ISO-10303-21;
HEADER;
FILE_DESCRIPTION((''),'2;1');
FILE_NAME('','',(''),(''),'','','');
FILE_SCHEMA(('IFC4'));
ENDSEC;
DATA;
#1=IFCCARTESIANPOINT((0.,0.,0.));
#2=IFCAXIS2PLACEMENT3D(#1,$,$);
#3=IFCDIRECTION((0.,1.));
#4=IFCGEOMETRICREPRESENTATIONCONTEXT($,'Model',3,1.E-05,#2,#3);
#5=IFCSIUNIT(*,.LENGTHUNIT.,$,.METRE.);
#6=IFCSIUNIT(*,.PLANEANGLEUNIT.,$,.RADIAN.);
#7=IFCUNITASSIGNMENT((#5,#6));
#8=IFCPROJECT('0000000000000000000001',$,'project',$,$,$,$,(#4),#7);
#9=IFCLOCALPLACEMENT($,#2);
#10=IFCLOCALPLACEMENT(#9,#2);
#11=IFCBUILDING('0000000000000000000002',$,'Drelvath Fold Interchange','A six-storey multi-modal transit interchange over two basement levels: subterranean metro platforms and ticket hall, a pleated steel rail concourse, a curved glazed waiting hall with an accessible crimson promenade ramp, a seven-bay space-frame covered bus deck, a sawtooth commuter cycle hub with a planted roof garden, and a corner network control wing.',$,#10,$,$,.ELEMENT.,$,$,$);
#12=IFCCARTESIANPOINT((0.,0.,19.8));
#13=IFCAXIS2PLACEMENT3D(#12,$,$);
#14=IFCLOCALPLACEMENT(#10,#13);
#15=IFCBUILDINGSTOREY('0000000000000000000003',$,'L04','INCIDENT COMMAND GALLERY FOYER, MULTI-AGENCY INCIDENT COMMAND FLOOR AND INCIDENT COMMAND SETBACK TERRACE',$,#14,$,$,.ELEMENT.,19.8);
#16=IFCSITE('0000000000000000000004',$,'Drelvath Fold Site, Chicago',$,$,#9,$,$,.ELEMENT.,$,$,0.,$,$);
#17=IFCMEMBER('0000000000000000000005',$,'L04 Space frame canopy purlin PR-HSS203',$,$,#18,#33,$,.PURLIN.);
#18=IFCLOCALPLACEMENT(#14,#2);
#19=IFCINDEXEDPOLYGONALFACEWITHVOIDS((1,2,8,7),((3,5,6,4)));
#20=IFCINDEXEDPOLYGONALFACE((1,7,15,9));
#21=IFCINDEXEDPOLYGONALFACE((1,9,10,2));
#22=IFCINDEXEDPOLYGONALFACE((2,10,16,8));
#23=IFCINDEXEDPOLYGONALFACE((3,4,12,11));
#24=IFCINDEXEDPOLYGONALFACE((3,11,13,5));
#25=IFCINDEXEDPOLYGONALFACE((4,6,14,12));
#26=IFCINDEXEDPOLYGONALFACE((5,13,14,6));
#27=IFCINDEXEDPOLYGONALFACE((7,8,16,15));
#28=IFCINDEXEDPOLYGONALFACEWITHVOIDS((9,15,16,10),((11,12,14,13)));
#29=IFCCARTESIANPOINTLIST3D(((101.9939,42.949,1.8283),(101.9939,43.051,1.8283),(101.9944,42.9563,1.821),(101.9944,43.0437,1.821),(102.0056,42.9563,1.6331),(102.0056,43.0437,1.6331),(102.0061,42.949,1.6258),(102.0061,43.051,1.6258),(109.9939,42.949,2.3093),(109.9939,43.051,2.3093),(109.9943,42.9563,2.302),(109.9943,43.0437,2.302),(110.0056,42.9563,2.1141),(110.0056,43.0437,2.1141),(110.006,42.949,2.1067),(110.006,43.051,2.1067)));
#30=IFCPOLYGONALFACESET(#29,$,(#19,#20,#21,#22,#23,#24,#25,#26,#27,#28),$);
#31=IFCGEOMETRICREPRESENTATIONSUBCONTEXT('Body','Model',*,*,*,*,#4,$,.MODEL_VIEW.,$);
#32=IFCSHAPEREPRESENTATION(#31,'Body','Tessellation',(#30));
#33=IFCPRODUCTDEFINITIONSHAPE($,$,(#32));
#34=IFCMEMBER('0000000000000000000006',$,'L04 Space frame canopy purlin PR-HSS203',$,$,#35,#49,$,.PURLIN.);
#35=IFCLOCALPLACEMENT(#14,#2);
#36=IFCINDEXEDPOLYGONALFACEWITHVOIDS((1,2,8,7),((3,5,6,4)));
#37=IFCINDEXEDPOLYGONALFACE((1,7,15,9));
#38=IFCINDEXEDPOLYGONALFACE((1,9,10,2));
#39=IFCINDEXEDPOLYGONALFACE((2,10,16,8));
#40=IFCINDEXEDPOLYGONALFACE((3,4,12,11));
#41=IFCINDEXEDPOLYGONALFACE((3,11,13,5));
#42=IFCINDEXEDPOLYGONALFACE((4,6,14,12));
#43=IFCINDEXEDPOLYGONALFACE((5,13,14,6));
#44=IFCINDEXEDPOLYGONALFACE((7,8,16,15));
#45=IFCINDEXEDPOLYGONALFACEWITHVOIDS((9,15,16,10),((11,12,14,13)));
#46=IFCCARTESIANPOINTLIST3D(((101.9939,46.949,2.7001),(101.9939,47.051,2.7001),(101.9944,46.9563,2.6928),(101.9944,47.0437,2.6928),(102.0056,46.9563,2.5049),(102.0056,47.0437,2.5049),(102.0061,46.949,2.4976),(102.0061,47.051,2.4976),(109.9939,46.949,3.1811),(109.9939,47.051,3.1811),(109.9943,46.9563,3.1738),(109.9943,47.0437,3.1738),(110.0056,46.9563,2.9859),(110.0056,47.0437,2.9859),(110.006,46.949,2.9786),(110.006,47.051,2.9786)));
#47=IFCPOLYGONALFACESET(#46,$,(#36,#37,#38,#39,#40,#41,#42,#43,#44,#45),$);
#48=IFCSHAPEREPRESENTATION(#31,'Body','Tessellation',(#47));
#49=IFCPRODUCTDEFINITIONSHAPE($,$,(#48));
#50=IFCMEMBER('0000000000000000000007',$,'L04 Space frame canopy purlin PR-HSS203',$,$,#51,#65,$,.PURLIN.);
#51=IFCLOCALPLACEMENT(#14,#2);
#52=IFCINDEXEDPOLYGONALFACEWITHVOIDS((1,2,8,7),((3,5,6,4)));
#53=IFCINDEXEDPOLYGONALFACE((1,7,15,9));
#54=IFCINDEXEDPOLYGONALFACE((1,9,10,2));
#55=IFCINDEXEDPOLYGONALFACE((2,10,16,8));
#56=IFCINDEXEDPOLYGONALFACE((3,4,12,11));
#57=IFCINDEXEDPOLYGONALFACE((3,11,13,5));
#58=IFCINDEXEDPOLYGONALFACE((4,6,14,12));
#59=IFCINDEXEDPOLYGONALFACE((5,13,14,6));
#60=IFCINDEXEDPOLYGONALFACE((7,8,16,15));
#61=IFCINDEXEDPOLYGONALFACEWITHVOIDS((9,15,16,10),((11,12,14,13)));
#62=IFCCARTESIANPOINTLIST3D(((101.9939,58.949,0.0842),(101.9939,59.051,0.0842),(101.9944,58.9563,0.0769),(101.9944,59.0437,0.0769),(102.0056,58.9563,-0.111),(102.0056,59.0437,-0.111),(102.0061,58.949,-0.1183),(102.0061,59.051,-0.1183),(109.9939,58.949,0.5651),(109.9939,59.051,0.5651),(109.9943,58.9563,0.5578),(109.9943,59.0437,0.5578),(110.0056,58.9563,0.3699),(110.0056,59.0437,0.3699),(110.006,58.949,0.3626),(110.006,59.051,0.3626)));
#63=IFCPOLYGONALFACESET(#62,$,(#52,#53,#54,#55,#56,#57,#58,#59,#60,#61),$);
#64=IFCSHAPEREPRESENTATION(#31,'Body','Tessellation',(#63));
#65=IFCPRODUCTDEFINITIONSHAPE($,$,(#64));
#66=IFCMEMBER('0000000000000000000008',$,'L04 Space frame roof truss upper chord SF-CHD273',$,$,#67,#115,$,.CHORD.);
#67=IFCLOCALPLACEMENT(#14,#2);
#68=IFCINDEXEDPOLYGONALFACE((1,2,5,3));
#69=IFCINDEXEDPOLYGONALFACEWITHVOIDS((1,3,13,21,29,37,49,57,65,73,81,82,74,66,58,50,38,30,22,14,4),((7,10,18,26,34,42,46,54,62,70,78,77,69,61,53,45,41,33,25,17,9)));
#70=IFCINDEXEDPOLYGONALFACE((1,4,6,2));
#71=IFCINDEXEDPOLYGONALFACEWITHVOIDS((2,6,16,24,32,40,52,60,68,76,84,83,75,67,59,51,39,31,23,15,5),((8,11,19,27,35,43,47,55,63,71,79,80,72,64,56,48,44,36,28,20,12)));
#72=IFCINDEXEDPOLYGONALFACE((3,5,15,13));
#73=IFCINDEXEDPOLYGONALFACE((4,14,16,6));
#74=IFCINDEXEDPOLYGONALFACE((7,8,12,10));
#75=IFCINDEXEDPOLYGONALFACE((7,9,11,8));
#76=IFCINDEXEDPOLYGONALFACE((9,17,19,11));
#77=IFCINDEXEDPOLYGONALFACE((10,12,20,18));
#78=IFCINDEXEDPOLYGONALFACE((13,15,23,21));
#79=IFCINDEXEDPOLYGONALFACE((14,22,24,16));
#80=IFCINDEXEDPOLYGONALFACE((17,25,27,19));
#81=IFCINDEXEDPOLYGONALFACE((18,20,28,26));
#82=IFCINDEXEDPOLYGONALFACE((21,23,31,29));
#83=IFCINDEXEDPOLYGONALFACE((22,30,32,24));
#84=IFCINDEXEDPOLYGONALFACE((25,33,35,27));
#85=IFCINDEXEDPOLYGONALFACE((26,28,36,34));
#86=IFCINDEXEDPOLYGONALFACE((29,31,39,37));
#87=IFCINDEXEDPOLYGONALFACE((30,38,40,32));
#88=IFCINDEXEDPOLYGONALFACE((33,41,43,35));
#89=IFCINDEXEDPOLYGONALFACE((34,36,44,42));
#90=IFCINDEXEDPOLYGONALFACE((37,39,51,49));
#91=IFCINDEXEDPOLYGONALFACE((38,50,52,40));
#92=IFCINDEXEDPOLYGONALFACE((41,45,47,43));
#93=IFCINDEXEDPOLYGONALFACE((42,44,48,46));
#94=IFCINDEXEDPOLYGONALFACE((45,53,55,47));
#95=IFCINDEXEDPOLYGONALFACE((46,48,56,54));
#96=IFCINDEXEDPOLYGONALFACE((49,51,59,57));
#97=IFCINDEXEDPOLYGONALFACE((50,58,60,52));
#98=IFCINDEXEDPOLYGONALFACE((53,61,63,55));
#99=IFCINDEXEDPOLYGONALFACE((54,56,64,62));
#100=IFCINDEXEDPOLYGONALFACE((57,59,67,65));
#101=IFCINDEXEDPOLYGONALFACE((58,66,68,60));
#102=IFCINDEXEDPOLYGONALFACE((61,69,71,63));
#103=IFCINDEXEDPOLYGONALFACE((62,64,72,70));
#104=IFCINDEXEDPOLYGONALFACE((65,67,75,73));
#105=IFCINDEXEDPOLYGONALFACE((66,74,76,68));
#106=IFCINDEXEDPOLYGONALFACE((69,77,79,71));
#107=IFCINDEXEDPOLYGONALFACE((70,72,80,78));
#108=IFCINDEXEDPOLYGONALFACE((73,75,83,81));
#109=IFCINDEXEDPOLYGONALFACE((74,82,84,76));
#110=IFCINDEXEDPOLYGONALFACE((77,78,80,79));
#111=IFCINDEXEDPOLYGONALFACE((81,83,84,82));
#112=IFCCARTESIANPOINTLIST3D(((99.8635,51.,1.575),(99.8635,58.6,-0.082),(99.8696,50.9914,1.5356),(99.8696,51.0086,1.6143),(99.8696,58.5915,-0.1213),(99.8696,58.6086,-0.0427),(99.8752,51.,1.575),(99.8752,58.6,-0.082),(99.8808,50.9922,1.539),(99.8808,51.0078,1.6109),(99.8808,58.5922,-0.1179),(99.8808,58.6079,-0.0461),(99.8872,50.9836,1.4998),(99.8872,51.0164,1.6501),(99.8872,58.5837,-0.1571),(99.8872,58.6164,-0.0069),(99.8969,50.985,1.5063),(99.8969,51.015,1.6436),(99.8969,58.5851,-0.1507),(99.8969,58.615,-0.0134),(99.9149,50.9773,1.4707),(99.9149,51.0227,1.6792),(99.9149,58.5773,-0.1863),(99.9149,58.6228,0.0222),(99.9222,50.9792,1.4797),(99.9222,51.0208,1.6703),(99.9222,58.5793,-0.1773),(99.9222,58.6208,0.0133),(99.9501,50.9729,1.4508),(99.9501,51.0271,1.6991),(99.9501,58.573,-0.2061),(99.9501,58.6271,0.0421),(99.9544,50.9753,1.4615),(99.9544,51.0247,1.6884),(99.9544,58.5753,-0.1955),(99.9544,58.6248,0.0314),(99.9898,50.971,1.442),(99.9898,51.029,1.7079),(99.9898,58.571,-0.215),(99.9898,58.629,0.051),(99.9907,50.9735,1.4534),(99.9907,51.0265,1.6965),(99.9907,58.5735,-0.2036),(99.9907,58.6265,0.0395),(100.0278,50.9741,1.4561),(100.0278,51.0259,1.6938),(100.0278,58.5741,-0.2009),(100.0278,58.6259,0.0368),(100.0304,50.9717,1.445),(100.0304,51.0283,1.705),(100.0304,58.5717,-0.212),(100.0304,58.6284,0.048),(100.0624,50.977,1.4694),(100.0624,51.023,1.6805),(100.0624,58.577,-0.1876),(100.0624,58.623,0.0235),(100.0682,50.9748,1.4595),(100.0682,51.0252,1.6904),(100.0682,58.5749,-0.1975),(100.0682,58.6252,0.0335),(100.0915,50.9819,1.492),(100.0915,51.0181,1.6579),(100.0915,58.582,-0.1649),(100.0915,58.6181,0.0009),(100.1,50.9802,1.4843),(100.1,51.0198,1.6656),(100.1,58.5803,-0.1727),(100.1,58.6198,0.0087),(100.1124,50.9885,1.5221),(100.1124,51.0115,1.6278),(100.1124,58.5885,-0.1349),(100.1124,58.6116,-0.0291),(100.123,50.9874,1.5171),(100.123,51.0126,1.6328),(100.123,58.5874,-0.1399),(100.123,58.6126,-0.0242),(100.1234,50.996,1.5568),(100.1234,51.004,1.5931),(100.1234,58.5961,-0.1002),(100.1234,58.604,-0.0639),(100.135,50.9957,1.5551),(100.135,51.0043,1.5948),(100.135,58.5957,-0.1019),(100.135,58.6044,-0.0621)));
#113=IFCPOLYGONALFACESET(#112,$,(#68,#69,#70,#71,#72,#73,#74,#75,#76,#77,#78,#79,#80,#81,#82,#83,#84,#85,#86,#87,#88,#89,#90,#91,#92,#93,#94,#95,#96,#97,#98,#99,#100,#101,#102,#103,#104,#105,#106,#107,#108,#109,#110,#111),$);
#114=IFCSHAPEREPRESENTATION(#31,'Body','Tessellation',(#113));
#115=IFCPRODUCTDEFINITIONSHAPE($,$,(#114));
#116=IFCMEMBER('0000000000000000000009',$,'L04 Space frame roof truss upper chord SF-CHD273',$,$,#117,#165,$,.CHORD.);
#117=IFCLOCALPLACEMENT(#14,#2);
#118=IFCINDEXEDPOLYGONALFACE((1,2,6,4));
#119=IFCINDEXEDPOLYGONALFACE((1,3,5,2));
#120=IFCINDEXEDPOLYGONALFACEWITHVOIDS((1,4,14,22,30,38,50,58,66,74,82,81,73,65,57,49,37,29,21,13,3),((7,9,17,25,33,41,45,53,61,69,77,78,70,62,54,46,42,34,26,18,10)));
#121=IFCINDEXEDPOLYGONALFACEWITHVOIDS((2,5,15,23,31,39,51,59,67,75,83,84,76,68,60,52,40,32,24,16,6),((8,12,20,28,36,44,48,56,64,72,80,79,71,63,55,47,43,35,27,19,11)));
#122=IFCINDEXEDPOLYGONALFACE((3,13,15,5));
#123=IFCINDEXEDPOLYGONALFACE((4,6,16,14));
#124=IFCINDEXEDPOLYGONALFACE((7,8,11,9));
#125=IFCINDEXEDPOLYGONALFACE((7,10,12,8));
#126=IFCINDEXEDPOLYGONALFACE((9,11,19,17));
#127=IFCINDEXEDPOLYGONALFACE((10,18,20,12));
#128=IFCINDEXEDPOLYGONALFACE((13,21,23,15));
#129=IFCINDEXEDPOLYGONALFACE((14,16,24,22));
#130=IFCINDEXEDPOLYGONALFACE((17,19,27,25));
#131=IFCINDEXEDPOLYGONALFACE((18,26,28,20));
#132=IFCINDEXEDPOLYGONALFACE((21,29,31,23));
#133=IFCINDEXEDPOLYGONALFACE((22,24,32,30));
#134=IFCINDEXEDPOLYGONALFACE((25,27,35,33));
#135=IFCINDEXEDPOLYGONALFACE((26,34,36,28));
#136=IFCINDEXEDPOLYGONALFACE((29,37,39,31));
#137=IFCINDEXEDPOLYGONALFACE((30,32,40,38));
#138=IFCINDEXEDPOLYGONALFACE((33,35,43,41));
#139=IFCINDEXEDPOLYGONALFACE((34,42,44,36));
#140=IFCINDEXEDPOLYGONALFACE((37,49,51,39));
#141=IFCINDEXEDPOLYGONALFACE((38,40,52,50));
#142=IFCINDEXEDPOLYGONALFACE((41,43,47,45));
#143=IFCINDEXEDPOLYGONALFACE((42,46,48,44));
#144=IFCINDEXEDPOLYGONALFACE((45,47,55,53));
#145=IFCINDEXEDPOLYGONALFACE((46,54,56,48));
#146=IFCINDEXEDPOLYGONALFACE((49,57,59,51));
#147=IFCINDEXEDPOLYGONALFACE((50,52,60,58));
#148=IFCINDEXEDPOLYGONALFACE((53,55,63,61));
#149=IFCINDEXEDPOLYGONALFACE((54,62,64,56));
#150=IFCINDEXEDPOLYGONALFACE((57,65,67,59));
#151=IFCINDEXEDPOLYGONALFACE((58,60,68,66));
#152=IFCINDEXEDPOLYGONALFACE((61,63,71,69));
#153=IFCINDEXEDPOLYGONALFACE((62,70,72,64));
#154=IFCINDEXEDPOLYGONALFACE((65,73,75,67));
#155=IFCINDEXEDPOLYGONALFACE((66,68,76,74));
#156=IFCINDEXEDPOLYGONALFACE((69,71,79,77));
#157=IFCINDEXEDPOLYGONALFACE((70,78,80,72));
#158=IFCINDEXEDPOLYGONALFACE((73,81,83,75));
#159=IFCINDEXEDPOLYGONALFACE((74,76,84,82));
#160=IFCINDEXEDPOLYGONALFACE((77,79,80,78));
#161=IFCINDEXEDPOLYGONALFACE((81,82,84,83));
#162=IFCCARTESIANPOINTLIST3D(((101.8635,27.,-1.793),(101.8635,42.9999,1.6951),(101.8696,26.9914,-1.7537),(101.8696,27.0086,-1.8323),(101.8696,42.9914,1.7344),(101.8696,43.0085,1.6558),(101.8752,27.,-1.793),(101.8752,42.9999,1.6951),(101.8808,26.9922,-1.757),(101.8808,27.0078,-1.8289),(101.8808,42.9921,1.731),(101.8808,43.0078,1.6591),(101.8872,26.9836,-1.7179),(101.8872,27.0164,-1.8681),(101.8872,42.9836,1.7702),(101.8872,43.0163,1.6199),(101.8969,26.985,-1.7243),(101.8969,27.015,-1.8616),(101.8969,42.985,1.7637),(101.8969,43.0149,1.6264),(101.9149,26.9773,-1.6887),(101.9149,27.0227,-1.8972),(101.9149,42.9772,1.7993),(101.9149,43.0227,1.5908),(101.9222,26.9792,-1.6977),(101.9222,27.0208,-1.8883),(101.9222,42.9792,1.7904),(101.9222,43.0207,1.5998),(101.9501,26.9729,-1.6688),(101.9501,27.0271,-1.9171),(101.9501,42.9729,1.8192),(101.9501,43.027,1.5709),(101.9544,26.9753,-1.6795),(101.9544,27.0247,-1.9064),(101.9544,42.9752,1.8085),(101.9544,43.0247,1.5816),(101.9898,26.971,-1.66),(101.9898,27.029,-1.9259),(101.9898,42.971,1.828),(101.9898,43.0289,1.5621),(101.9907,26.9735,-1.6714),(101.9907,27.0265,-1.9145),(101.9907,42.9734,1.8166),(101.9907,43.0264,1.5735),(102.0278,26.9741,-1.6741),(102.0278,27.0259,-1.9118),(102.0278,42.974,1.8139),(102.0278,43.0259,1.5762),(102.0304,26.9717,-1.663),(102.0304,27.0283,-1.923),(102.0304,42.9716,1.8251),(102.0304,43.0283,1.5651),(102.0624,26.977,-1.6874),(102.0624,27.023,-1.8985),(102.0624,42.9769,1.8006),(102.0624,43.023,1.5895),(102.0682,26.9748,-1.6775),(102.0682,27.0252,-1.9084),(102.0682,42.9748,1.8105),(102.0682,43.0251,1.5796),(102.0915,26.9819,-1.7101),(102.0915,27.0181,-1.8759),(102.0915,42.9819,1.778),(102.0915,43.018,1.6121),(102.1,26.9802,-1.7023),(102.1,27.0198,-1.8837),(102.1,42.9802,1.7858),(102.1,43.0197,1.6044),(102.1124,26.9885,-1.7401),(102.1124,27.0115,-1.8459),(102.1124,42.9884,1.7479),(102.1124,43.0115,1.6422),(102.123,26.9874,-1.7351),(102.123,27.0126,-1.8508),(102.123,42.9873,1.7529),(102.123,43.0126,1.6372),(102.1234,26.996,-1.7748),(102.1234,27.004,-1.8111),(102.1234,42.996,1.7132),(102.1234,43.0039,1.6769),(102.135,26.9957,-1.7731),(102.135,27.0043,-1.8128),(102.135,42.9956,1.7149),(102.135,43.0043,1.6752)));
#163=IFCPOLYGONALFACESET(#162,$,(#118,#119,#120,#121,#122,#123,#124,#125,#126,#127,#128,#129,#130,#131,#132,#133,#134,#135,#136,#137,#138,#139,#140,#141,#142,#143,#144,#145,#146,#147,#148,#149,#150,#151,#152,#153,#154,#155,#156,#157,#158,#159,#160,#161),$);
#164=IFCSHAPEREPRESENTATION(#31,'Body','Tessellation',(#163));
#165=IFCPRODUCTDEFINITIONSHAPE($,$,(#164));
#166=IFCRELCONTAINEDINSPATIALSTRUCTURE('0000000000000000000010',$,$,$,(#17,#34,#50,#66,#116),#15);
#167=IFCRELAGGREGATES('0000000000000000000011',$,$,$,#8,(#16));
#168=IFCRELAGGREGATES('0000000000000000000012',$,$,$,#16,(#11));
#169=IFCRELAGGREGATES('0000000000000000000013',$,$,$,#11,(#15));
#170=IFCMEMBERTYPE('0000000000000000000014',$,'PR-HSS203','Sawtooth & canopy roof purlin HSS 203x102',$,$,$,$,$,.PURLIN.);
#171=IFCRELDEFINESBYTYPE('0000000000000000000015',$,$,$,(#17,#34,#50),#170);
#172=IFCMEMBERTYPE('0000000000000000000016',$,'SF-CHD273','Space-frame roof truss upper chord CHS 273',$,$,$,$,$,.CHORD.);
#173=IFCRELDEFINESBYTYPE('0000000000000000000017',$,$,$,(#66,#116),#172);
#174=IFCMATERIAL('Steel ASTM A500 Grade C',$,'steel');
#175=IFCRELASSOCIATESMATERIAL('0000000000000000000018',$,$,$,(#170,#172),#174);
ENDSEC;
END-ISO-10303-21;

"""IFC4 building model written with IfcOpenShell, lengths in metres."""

from ifc_helpers import new_model, si_unit, direction, frame, origin, origin_2d, place, context, subcontext, project, spatial, hollow_rectangle, hollow_circle, extrude, material, material_profile, profile_set, type_object, element, save


model = new_model("IFC4")

# Units and contexts
model_context = context("Model", 3, precision=1e-05, world=origin(), true_north=direction((0.0, 1.0)))
body_context = subcontext(model_context, "Body", "Model", "MODEL_VIEW")
ifc_project = project(units=[si_unit("LENGTHUNIT", "METRE"), si_unit("PLANEANGLEUNIT", "RADIAN")], contexts=[model_context])

# Site, building, storey
site_placement = place(None, origin())
site = spatial("IfcSite", under=ifc_project, at=site_placement, Name="Drelvath Fold Site, Chicago", CompositionType="ELEMENT", RefElevation=0.0)
building_placement = place(site_placement, origin())
building = spatial("IfcBuilding", under=site, at=building_placement, Name="Drelvath Fold Interchange", Description="A six-storey multi-modal transit interchange over two basement levels: subterranean metro platforms and ticket hall, a pleated steel rail concourse, a curved glazed waiting hall with an accessible crimson promenade ramp, a seven-bay space-frame covered bus deck, a sawtooth commuter cycle hub with a planted roof garden, and a corner network control wing.", CompositionType="ELEMENT")
storey_placement = place(building_placement, frame((0.0, 0.0, 19.8)))
storey = spatial("IfcBuildingStorey", under=building, at=storey_placement, Name="L04", Description="INCIDENT COMMAND GALLERY FOYER, MULTI-AGENCY INCIDENT COMMAND FLOOR AND INCIDENT COMMAND SETBACK TERRACE", CompositionType="ELEMENT", Elevation=19.8)

# Members
ifc_material_1 = material(Name="Steel ASTM A500 Grade C", Category="steel")
ifc_material_profile_1 = material_profile(ifc_material_1, hollow_rectangle(XDim=0.1021, YDim=0.2029, WallThickness=0.0073, at=origin_2d()), Name="HSS8X4X5/16")
ifc_profile_set_1 = profile_set([ifc_material_profile_1], Name="Steel ASTM A500 Grade C")
member_type_1 = type_object("IfcMemberType", Name="PR-HSS203", Description="Sawtooth & canopy roof purlin HSS 203x102", PredefinedType="PURLIN", material=ifc_profile_set_1)
for number, where, z_axis, x_axis, name in (
    (1, (102.0, 43.0, 1.7271), (0.998198, 0.0, 0.060011), (0.0, 1.0, 0.0), "L04 Space frame canopy purlin PR-HSS203"),
    (2, (102.0, 47.0, 2.5989), (0.998198, 0.0, 0.060011), (0.0, 1.0, 0.0), "L04 Space frame canopy purlin PR-HSS203"),
    (3, (102.0, 59.0, -0.0171), (0.998198, 0.0, 0.060011), (0.0, 1.0, 0.0), "L04 Space frame canopy purlin PR-HSS203"),
):
    element("IfcMember", number, at=place(storey_placement, frame(where, z_axis=z_axis, x_axis=x_axis)), inside=storey, type_object=member_type_1, Name=name, PredefinedType="PURLIN", context=body_context, shape_type="SweptSolid", body=[
        extrude(hollow_rectangle(XDim=0.1021, YDim=0.2029, WallThickness=0.0073, at=origin_2d()), origin(), (0.0, 0.0, 1.0), 8.0144),
    ])
ifc_material_profile_2 = material_profile(ifc_material_1, hollow_circle(Radius=0.1365, WallThickness=0.0117, at=origin_2d()), Name="HSS10.750X0.500")
ifc_profile_set_2 = profile_set([ifc_material_profile_2], Name="Steel ASTM A500 Grade C")
member_type_2 = type_object("IfcMemberType", Name="SF-CHD273", Description="Space-frame roof truss upper chord CHS 273", PredefinedType="CHORD", material=ifc_profile_set_2)
member_1_placement = place(storey_placement, frame((100.0, 51.0, 1.575), z_axis=(0.0, 0.977048, -0.213017), x_axis=(-1.0, 0.0, 0.0)))
element("IfcMember", 4, at=member_1_placement, inside=storey, type_object=member_type_2, Name="L04 Space frame roof truss upper chord SF-CHD273", PredefinedType="CHORD", context=body_context, shape_type="SweptSolid", body=[
    extrude(hollow_circle(Radius=0.1365, WallThickness=0.0117, at=origin_2d()), origin(), (0.0, 0.0, 1.0), 7.7786),
])
member_2_placement = place(storey_placement, frame((102.0, 27.0, -1.793), z_axis=(0.0, 0.977052, 0.213), x_axis=(-1.0, 0.0, 0.0)))
element("IfcMember", 5, at=member_2_placement, inside=storey, type_object=member_type_2, Name="L04 Space frame roof truss upper chord SF-CHD273", PredefinedType="CHORD", context=body_context, shape_type="SweptSolid", body=[
    extrude(hollow_circle(Radius=0.1365, WallThickness=0.0117, at=origin_2d()), origin(), (0.0, 0.0, 1.0), 16.3757),
])

save(model, "model.ifc")
